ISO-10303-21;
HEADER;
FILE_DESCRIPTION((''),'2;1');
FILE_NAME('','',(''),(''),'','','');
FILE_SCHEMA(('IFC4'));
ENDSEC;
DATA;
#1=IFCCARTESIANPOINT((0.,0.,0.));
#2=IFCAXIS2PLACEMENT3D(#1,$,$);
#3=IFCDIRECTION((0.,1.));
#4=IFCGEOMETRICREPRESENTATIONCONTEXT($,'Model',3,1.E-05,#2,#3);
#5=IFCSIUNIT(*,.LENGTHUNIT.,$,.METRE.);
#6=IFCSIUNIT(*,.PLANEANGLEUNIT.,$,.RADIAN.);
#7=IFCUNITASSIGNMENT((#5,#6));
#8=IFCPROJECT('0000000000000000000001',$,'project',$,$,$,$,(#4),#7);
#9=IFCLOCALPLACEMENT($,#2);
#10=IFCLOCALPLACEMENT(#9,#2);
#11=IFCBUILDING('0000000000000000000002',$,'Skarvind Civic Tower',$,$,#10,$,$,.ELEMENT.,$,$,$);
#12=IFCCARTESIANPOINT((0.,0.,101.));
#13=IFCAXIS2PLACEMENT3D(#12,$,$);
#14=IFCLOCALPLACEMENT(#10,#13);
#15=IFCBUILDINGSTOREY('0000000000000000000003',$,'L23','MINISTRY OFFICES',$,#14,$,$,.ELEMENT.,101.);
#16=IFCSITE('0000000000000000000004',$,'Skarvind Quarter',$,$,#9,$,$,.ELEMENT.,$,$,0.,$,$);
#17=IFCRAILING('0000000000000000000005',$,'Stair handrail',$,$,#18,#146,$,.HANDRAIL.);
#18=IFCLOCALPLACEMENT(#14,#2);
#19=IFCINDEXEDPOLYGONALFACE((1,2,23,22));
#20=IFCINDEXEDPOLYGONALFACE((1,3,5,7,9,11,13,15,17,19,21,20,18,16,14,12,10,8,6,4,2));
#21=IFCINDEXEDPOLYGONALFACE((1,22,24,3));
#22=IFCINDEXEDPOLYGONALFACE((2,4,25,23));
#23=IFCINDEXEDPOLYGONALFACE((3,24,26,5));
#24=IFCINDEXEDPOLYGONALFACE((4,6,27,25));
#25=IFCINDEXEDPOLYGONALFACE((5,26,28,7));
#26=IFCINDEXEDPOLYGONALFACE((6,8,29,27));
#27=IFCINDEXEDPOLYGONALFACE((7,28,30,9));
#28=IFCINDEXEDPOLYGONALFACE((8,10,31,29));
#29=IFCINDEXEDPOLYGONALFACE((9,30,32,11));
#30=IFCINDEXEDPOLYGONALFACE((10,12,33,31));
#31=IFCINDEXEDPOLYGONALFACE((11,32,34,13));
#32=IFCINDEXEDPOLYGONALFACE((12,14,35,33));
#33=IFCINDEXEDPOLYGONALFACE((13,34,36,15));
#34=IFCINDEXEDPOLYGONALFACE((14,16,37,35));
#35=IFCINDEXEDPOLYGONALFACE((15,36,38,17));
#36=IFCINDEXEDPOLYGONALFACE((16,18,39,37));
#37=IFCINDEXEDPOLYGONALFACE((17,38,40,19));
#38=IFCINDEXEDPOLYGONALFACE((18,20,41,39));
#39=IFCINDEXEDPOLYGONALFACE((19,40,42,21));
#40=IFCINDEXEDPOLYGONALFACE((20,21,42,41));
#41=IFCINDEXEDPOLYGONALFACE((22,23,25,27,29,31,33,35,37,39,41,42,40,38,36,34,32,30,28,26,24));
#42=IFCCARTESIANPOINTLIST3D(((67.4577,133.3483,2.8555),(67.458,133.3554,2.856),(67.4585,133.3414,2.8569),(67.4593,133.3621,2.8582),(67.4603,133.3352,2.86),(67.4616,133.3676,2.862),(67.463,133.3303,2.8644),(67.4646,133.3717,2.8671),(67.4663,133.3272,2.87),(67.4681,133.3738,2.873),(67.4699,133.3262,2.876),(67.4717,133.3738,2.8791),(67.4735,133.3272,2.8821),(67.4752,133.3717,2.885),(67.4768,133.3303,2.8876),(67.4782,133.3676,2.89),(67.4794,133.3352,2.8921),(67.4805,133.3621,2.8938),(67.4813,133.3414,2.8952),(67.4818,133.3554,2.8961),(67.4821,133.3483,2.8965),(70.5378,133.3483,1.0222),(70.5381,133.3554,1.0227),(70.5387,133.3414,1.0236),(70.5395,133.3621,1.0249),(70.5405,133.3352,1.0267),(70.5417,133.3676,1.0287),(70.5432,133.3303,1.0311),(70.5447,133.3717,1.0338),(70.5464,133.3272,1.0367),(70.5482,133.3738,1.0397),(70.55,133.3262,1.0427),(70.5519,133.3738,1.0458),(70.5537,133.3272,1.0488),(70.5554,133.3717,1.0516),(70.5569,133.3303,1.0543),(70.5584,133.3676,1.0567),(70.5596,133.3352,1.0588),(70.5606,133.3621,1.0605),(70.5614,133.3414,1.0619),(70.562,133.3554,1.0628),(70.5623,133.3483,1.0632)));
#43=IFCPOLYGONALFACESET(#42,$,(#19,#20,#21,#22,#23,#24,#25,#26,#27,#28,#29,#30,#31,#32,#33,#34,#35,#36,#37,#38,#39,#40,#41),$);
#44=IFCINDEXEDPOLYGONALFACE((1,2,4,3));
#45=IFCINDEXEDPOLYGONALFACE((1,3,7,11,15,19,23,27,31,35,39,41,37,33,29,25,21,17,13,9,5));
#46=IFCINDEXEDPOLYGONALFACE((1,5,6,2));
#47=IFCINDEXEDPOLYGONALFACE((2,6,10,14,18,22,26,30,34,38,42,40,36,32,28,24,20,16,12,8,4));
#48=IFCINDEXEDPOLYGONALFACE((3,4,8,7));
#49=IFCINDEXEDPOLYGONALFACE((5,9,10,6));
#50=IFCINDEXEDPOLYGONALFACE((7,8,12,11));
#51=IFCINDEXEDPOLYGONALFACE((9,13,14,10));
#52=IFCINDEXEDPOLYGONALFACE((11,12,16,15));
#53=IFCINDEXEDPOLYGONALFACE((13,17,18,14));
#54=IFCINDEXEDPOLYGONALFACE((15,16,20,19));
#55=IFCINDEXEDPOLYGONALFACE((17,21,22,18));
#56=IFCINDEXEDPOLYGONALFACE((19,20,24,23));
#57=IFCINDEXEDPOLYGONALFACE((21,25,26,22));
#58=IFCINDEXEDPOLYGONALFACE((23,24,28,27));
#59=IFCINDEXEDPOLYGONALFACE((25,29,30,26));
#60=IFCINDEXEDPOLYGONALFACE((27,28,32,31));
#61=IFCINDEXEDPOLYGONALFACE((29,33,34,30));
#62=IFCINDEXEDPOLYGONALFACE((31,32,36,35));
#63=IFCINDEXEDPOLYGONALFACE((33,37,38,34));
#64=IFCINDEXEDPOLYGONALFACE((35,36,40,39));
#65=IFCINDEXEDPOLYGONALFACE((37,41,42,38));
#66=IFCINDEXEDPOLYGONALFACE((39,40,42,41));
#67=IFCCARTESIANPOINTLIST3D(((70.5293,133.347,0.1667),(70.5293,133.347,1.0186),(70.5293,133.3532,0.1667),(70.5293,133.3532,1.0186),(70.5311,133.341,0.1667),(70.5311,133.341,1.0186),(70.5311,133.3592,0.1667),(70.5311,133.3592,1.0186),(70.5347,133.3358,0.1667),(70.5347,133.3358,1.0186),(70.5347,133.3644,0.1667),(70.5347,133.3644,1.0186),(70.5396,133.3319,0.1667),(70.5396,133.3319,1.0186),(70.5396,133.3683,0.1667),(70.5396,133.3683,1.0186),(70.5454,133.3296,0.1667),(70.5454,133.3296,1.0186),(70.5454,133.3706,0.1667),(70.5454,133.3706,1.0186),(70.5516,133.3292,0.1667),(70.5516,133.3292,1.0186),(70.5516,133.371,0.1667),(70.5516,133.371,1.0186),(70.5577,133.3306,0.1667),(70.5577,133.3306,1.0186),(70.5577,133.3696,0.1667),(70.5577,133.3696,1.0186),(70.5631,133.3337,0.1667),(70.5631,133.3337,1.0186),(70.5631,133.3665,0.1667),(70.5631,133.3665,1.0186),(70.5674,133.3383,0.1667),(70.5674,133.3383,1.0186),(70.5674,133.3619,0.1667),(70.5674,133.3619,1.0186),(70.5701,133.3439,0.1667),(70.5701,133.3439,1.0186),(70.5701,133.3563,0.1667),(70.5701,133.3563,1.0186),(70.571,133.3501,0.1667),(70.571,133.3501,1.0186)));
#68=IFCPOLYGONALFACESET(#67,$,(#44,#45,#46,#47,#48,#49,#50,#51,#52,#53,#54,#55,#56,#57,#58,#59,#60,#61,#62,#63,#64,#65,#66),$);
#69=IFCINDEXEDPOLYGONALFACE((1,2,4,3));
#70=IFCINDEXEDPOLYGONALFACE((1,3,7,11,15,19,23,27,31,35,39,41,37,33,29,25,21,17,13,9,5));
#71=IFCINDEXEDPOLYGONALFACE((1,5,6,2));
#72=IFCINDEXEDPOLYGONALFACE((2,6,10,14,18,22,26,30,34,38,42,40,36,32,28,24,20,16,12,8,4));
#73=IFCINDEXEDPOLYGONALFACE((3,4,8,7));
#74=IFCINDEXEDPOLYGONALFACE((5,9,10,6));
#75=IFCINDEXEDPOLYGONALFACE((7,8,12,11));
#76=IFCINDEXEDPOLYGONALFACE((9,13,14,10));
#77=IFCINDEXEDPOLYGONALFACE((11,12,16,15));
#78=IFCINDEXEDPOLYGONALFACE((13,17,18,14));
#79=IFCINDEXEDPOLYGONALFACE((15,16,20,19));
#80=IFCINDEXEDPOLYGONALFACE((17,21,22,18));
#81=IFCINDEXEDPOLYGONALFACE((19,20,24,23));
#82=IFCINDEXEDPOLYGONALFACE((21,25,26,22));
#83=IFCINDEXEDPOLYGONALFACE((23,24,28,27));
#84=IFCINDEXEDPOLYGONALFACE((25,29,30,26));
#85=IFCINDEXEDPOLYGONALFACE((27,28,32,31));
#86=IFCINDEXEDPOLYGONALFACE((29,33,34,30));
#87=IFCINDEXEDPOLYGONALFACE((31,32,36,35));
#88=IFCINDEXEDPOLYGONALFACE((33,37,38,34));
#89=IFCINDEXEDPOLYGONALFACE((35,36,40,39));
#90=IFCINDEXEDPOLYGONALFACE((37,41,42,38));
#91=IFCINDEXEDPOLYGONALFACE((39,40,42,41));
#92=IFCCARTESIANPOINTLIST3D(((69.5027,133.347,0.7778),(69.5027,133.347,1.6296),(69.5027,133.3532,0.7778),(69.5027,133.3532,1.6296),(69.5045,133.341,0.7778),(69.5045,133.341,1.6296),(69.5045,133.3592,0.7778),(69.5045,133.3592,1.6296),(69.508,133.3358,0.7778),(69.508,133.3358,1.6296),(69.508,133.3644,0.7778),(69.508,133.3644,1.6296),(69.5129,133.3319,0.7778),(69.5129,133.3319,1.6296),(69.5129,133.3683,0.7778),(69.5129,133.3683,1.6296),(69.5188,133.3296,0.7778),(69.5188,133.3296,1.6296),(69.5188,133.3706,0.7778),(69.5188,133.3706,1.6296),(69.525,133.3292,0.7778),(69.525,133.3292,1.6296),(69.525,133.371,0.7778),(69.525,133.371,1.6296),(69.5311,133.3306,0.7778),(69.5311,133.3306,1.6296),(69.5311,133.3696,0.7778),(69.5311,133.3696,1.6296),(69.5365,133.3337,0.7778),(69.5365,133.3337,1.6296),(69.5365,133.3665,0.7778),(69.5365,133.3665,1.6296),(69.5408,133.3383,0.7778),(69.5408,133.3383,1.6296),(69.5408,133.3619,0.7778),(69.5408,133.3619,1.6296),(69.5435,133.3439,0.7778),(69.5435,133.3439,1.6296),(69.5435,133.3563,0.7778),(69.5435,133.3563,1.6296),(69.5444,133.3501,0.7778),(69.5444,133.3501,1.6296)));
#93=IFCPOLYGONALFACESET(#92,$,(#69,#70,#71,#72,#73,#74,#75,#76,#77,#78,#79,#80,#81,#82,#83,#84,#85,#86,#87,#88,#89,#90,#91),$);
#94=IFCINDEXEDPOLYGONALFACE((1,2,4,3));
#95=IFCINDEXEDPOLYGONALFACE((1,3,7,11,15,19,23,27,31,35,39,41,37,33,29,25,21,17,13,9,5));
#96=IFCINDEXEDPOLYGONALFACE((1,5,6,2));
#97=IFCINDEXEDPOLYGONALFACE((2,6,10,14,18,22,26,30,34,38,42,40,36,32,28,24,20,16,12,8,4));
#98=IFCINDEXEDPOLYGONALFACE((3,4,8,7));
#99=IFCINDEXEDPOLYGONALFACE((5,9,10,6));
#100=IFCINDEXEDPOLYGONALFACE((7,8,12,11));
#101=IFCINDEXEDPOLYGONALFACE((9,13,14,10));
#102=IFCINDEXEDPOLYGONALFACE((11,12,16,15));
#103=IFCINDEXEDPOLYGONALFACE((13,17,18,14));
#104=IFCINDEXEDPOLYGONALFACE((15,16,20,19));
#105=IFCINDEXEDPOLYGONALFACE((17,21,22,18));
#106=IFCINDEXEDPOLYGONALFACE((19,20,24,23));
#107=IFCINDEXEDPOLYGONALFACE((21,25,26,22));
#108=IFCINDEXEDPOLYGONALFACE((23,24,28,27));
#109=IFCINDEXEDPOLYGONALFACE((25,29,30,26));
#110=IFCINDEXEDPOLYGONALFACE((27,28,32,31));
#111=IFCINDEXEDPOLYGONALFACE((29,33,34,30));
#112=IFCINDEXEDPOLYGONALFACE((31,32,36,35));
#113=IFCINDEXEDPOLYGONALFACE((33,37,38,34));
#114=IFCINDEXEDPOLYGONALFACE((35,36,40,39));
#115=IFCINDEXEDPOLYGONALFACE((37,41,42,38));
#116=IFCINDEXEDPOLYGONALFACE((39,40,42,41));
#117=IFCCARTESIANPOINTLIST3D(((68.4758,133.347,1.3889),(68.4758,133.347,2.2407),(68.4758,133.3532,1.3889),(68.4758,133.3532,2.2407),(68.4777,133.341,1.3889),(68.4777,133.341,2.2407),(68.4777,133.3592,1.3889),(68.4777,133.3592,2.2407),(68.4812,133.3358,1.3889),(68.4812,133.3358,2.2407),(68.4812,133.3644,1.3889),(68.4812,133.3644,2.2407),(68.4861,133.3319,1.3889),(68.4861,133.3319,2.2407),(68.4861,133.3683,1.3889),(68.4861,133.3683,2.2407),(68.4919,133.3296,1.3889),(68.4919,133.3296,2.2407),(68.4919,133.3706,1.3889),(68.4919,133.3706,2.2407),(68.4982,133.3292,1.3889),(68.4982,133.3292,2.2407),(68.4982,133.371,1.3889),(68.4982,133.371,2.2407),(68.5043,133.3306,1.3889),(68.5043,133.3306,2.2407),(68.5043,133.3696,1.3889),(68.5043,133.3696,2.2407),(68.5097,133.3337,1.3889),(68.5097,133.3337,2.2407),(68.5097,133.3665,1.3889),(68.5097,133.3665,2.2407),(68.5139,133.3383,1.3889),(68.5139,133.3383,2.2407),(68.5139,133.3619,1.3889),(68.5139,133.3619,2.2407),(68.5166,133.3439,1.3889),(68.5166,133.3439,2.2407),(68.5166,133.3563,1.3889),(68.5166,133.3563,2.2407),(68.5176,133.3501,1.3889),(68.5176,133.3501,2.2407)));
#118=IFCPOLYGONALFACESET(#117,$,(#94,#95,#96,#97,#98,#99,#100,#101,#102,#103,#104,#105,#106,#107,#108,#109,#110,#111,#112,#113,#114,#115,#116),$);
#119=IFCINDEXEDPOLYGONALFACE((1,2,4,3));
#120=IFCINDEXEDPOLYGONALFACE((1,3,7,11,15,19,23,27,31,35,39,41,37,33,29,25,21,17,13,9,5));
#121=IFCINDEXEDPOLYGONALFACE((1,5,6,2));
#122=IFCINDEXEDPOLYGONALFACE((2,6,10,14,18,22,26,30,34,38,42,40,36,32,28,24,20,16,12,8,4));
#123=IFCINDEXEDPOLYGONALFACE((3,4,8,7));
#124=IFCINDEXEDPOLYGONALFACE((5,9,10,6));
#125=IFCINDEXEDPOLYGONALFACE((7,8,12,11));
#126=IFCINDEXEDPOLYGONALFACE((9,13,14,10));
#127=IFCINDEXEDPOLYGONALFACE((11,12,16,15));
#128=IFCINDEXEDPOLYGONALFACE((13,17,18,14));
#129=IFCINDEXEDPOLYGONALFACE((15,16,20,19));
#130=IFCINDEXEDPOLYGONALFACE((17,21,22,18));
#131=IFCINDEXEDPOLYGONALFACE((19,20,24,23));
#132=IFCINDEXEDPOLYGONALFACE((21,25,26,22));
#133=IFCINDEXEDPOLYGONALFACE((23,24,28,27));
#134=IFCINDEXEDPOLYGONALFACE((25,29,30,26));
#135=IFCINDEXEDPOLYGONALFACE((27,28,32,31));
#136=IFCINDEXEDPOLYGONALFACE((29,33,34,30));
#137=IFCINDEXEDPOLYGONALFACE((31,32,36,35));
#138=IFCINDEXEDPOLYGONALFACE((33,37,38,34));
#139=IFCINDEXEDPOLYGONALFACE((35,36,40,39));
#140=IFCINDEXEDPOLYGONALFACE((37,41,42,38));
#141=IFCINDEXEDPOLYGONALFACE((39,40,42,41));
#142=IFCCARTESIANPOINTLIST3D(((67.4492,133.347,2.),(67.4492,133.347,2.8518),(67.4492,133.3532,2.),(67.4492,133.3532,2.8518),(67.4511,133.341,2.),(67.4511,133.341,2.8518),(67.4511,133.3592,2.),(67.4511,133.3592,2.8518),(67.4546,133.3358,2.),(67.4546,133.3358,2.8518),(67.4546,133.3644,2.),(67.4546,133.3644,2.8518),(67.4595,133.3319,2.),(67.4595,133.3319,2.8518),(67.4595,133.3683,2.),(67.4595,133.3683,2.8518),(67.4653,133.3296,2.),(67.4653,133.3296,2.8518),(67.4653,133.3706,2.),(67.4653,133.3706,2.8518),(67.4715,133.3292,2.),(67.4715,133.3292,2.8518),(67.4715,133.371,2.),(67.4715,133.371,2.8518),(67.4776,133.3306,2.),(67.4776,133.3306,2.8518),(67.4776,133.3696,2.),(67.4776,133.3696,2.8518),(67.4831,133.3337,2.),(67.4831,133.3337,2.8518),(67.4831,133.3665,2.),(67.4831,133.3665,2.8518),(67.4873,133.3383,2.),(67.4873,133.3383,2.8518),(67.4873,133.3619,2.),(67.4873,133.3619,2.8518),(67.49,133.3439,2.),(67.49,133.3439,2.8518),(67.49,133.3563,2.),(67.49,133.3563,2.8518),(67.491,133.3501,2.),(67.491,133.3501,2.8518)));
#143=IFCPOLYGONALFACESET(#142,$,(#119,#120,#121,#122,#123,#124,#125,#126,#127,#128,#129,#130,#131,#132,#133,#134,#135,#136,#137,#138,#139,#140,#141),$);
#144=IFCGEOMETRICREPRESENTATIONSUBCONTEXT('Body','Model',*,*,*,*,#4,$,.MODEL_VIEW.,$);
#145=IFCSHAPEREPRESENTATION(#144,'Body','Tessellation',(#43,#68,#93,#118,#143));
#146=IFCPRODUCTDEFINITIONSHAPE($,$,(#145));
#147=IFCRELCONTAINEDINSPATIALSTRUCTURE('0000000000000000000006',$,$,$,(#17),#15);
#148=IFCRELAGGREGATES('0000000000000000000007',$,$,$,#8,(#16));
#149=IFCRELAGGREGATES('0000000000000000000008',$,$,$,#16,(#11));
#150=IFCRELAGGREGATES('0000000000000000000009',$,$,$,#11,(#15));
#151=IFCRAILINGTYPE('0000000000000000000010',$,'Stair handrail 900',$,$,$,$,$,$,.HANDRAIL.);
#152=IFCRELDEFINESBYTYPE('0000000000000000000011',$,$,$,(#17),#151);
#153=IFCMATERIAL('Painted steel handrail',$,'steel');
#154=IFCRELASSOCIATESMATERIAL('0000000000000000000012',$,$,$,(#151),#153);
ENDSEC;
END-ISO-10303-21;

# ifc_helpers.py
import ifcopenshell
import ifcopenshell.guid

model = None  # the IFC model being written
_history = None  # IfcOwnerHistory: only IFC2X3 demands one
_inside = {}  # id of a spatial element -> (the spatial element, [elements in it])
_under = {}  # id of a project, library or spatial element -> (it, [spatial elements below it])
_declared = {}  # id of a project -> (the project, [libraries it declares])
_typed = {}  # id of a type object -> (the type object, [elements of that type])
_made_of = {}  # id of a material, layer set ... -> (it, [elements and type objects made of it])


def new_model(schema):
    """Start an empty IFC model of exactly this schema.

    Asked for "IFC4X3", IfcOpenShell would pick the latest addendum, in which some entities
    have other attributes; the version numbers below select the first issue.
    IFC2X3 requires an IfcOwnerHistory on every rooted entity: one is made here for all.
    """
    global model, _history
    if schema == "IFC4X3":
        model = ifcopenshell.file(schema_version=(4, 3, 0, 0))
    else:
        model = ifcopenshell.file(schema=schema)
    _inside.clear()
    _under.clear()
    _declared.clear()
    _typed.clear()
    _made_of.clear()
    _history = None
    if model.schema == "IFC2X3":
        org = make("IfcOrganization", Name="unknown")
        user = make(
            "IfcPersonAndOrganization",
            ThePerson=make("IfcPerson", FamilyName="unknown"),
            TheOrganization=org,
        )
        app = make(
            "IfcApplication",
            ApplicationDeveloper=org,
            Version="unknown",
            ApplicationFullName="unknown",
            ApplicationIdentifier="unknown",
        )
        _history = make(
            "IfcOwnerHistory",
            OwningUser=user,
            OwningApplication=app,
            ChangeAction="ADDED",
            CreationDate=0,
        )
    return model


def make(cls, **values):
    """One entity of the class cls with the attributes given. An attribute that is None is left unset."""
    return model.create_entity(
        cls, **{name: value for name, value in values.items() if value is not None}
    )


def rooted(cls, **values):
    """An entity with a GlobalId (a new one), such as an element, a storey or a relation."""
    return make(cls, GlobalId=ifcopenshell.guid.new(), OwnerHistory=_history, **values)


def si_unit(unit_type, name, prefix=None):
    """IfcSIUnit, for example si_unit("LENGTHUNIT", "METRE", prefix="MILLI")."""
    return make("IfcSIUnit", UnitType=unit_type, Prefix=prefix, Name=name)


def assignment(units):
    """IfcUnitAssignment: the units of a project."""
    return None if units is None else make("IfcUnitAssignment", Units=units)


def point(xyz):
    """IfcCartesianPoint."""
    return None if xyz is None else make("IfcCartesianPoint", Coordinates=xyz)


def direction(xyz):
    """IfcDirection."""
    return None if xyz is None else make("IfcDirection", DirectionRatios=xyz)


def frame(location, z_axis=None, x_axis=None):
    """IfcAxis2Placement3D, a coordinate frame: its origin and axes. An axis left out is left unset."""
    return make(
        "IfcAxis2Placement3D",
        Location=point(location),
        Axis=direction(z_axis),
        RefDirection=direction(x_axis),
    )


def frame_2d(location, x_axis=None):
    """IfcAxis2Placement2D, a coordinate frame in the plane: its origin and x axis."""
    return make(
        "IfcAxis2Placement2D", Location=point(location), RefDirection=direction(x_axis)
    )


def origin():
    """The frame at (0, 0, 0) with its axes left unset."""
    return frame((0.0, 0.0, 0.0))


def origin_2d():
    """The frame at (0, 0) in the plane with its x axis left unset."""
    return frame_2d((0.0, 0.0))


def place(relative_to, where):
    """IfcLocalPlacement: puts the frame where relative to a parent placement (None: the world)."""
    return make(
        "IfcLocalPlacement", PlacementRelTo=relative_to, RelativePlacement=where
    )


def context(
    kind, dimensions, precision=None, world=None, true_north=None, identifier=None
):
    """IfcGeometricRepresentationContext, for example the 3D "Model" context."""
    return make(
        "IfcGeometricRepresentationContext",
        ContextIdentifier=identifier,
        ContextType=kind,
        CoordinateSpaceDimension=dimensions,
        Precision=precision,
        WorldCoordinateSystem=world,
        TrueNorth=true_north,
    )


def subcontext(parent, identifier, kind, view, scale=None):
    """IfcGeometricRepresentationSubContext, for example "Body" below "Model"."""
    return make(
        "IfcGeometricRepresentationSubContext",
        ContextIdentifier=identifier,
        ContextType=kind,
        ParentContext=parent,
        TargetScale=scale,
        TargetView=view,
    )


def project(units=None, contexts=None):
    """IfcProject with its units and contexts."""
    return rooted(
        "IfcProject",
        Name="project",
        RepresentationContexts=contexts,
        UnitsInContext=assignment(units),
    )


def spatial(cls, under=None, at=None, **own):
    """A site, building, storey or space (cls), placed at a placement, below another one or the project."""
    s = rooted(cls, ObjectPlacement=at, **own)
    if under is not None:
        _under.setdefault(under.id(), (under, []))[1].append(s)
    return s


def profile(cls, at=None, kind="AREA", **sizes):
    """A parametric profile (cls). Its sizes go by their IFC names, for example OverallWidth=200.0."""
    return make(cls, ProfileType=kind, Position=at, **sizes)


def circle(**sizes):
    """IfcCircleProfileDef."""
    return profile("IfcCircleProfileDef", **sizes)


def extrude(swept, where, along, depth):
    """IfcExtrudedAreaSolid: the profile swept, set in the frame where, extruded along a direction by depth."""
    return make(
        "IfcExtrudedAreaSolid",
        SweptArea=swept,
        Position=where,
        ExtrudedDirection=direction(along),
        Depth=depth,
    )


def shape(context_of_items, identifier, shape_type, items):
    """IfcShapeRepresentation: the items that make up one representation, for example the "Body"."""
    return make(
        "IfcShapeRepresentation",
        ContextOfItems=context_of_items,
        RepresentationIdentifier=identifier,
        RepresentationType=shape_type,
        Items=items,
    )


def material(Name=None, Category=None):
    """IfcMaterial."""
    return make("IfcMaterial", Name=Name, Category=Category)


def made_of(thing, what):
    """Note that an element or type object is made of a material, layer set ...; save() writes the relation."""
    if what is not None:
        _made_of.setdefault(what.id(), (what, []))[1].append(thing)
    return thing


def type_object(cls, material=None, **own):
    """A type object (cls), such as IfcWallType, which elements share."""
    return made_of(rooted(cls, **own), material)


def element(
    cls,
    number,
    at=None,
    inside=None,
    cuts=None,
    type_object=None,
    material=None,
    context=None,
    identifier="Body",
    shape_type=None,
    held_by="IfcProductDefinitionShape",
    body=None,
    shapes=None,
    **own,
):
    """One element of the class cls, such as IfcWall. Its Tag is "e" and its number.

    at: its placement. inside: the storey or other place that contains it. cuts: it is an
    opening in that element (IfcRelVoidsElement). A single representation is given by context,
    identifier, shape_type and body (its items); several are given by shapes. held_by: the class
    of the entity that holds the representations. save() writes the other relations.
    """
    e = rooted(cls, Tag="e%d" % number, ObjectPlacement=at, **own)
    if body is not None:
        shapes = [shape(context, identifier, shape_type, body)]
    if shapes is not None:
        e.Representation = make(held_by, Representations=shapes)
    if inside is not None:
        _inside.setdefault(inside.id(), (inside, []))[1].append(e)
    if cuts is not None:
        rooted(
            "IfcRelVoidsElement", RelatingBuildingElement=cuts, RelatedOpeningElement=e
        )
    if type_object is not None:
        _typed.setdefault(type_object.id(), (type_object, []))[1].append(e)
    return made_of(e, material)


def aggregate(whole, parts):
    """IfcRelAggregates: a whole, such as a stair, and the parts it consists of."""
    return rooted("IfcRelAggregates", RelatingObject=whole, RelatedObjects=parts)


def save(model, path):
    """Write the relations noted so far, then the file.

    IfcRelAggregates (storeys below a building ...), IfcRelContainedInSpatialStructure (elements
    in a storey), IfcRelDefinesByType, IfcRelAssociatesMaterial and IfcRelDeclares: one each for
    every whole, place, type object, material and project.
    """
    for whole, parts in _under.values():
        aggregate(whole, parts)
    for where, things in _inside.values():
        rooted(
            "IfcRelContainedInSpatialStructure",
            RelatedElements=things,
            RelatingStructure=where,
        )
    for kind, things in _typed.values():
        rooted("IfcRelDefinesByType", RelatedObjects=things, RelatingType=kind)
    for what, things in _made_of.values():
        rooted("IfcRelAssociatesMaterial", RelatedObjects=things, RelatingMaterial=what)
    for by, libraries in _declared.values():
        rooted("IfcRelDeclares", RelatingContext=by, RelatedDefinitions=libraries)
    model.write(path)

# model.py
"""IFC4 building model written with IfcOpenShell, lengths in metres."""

from ifc_helpers import new_model, si_unit, direction, frame, origin, origin_2d, place, context, subcontext, project, spatial, circle, extrude, material, type_object, element, save


model = new_model("IFC4")

# Units and contexts
model_context = context("Model", 3, precision=1e-05, world=origin(), true_north=direction((0.0, 1.0)))
body_context = subcontext(model_context, "Body", "Model", "MODEL_VIEW")
ifc_project = project(units=[si_unit("LENGTHUNIT", "METRE"), si_unit("PLANEANGLEUNIT", "RADIAN")], contexts=[model_context])

# Site, building, storey
site_placement = place(None, origin())
site = spatial("IfcSite", under=ifc_project, at=site_placement, Name="Skarvind Quarter", CompositionType="ELEMENT", RefElevation=0.0)
building_placement = place(site_placement, origin())
building = spatial("IfcBuilding", under=site, at=building_placement, Name="Skarvind Civic Tower", CompositionType="ELEMENT")
storey_placement = place(building_placement, frame((0.0, 0.0, 101.0)))
storey = spatial("IfcBuildingStorey", under=building, at=storey_placement, Name="L23", Description="MINISTRY OFFICES", CompositionType="ELEMENT", Elevation=101.0)

# Railing
ifc_material_1 = material(Name="Painted steel handrail", Category="steel")
railing_type = type_object("IfcRailingType", Name="Stair handrail 900", PredefinedType="HANDRAIL", material=ifc_material_1)
railing_1_placement = place(storey_placement, frame((70.55, 133.3501, 0.1667)))
element("IfcRailing", 1, at=railing_1_placement, inside=storey, type_object=railing_type, Name="Stair handrail", PredefinedType="HANDRAIL", context=body_context, shape_type="SweptSolid", body=[
    extrude(circle(Radius=0.0239, at=origin_2d()), frame((0.0, 0.0, 0.876), z_axis=(-0.859309, 0.0, 0.511458), x_axis=(0.0, -1.0, 0.0)), (0.0, 0.0, 1.0), 3.5845),
    extrude(circle(Radius=0.021, at=origin_2d()), origin(), (0.0, 0.0, 1.0), 0.8518),
    extrude(circle(Radius=0.021, at=origin_2d()), frame((-1.0266, 0.0, 0.6111)), (0.0, 0.0, 1.0), 0.8518),
    extrude(circle(Radius=0.021, at=origin_2d()), frame((-2.0535, 0.0, 1.2222)), (0.0, 0.0, 1.0), 0.8518),
    extrude(circle(Radius=0.021, at=origin_2d()), frame((-3.0801, 0.0, 1.8333)), (0.0, 0.0, 1.0), 0.8518),
])

save(model, "model.ifc")
